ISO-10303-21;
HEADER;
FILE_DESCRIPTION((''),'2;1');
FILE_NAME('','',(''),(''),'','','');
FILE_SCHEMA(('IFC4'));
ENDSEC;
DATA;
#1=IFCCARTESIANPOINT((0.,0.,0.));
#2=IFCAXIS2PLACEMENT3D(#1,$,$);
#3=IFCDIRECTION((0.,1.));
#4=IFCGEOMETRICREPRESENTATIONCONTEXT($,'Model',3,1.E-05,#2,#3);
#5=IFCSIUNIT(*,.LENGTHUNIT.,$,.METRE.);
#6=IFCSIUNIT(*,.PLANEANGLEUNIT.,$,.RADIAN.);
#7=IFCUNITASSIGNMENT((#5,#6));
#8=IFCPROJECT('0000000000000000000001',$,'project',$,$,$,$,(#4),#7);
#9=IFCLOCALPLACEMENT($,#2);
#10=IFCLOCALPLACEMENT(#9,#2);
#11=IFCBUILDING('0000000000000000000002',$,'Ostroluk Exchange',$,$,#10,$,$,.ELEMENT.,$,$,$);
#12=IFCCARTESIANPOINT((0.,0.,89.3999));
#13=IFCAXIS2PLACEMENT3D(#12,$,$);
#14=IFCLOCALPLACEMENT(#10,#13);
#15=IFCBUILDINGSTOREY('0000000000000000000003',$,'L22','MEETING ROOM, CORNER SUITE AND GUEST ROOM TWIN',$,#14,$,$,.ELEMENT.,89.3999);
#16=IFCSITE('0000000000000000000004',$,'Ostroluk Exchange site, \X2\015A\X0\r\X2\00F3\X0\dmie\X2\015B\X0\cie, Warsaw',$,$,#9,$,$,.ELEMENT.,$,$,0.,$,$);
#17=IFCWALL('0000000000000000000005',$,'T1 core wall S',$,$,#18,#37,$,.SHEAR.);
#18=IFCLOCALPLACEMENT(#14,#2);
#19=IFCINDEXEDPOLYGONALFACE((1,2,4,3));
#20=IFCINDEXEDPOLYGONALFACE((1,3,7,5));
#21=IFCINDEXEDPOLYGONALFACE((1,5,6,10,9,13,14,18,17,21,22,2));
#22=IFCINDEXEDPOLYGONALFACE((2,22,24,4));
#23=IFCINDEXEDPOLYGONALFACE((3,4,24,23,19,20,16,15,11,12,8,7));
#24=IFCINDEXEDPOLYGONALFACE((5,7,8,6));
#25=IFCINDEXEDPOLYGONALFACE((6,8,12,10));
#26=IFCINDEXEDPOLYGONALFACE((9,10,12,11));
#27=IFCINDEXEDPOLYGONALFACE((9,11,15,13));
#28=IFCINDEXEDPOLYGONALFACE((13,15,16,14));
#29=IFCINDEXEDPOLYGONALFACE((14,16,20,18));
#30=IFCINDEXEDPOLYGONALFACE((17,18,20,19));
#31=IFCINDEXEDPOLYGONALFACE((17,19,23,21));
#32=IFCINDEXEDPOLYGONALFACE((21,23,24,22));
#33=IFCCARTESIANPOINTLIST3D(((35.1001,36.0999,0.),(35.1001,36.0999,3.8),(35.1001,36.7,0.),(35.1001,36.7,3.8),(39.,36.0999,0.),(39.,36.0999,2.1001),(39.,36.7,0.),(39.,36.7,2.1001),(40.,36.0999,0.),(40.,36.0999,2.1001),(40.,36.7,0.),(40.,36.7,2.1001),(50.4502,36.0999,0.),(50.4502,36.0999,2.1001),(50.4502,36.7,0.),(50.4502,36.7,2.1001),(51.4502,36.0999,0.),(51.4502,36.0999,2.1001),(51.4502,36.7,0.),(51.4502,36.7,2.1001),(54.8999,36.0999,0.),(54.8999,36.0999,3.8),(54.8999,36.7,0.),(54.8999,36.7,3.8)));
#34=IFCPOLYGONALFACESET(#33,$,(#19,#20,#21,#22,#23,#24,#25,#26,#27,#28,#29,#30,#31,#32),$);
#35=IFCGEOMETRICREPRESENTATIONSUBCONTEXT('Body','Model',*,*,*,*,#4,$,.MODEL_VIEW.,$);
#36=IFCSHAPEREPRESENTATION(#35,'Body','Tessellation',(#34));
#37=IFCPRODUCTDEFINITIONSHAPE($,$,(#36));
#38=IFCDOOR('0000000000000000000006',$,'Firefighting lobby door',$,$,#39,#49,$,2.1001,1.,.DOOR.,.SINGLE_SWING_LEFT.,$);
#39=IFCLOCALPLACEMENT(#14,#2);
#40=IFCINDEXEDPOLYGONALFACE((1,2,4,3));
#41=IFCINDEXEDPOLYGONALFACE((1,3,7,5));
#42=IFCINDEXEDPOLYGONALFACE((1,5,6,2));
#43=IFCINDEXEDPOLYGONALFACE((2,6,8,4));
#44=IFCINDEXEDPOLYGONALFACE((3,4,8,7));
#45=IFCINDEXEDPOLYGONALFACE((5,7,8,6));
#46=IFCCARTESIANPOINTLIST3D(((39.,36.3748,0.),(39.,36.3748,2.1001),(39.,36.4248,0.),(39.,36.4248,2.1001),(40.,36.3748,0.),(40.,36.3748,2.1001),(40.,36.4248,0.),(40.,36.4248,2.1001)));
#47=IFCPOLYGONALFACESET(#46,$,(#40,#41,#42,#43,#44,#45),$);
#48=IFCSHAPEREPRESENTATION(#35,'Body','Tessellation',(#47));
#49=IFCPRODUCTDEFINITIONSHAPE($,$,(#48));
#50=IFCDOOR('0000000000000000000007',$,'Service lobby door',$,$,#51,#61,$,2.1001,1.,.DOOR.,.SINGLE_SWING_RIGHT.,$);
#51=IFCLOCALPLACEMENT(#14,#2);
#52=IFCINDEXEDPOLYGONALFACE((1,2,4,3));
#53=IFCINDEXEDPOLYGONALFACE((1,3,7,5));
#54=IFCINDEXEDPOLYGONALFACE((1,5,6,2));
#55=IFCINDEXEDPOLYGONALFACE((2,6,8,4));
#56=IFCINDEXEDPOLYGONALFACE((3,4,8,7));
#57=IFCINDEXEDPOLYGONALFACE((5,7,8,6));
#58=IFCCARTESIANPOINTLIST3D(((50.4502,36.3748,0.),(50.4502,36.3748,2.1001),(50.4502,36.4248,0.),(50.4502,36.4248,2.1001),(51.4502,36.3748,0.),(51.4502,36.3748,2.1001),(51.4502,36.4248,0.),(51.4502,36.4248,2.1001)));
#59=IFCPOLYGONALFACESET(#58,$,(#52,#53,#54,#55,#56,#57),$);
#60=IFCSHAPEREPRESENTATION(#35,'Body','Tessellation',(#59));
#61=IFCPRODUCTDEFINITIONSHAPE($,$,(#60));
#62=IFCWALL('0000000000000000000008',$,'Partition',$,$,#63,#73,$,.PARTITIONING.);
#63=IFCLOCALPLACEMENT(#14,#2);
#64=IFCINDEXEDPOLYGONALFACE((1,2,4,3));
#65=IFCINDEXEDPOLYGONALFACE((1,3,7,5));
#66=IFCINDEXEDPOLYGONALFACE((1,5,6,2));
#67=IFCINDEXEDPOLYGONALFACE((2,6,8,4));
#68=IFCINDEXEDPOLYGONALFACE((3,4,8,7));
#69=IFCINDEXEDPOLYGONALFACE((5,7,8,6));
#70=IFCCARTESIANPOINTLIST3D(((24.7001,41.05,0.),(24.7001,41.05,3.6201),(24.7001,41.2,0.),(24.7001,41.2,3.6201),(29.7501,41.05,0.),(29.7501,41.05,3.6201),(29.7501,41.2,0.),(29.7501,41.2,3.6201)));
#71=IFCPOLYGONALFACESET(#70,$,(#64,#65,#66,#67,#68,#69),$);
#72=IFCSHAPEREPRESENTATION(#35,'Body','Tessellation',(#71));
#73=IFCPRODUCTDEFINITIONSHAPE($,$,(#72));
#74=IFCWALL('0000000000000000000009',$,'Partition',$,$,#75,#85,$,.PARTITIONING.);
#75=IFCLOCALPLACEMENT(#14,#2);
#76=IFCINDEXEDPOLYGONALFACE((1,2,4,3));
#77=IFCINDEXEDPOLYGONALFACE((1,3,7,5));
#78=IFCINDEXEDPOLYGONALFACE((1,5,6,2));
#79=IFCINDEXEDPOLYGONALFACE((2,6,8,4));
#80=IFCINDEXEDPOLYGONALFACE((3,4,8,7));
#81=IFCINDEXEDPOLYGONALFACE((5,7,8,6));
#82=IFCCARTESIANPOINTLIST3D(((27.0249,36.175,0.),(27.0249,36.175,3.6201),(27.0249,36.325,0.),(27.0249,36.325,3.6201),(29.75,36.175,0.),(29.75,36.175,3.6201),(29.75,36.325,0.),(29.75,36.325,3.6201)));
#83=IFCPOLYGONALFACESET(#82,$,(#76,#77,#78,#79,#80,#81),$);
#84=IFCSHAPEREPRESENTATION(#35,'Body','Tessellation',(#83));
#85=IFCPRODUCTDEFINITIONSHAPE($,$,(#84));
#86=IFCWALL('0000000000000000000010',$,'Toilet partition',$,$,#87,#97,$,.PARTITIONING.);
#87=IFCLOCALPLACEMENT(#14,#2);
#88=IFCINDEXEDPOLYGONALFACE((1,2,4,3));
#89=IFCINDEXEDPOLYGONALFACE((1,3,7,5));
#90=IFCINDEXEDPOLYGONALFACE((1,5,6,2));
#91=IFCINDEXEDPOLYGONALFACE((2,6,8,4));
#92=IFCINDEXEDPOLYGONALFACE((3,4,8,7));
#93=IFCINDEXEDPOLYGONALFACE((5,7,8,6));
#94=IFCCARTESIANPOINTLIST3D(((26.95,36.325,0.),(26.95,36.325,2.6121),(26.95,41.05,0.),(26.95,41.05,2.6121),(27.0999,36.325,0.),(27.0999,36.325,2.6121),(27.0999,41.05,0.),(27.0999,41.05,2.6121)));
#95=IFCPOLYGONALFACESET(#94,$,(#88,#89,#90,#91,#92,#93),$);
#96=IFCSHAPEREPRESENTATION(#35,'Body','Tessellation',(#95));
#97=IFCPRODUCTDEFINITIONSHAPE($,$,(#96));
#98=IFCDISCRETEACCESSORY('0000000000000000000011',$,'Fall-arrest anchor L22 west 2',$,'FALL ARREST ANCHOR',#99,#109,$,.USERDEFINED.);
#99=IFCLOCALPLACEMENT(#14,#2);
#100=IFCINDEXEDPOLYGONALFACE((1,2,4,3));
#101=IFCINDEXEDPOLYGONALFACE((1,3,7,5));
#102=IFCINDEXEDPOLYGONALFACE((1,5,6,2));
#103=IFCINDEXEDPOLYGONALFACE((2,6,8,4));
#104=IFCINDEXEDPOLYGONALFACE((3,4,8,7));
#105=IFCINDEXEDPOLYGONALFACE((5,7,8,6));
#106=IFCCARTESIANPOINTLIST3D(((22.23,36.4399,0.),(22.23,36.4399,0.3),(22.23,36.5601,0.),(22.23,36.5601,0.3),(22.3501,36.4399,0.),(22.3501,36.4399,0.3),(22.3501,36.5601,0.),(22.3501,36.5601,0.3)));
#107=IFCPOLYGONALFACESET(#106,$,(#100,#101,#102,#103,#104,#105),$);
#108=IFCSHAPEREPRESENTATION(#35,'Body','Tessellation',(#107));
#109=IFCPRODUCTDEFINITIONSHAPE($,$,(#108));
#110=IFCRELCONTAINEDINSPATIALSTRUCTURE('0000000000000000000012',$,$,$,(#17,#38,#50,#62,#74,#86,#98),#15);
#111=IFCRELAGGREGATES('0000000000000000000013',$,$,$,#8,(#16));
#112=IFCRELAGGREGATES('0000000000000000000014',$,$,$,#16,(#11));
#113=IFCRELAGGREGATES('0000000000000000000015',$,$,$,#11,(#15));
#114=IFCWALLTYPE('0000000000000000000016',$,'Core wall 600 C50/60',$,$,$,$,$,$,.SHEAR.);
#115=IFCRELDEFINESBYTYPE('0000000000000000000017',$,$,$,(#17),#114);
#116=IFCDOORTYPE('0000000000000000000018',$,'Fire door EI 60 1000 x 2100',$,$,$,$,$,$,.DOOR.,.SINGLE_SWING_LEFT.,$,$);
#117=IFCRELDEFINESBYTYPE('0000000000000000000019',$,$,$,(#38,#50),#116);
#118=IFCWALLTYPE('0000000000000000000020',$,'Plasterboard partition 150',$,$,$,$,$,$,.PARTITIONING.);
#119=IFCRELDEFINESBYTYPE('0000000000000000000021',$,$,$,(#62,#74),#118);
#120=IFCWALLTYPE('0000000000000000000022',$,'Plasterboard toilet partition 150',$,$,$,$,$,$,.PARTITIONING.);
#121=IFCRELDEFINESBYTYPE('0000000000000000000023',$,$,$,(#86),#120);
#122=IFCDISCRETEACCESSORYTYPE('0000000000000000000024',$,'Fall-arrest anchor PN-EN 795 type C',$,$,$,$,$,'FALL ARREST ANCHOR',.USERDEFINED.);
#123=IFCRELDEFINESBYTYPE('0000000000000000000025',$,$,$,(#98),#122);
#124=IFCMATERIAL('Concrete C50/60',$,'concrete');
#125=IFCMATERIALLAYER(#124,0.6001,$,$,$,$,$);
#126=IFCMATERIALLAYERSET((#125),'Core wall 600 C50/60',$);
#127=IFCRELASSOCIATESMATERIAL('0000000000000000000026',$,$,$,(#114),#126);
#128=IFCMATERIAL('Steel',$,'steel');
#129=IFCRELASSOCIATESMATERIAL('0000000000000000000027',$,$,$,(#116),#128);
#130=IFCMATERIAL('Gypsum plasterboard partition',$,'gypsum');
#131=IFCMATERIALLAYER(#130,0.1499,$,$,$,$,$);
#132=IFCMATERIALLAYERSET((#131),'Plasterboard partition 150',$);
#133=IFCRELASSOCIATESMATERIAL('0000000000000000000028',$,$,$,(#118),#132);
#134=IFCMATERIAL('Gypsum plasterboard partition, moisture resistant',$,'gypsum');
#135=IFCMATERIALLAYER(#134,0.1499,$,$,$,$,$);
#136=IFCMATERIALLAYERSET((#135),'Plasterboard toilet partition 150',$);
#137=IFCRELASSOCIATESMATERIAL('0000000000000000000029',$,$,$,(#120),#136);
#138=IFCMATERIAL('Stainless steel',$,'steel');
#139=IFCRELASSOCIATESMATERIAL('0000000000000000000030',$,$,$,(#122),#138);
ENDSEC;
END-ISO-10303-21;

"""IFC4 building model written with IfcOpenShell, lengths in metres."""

from ifc_helpers import new_model, si_unit, direction, frame, frame_2d, origin, origin_2d, place, context, subcontext, project, spatial, rectangle, extrude, material, layer, layer_set, type_object, element, fill, save


model = new_model("IFC4")

# Units and contexts
model_context = context("Model", 3, precision=1e-05, world=origin(), true_north=direction((0.0, 1.0)))
body_context = subcontext(model_context, "Body", "Model", "MODEL_VIEW")
ifc_project = project(units=[si_unit("LENGTHUNIT", "METRE"), si_unit("PLANEANGLEUNIT", "RADIAN")], contexts=[model_context])

# Site, building, storey
site_placement = place(None, origin())
site = spatial("IfcSite", under=ifc_project, at=site_placement, Name="Ostroluk Exchange site, Śródmieście, Warsaw", CompositionType="ELEMENT", RefElevation=0.0)
building_placement = place(site_placement, origin())
building = spatial("IfcBuilding", under=site, at=building_placement, Name="Ostroluk Exchange", CompositionType="ELEMENT")
storey_placement = place(building_placement, frame((0.0, 0.0, 89.3999)))
storey = spatial("IfcBuildingStorey", under=building, at=storey_placement, Name="L22", Description="MEETING ROOM, CORNER SUITE AND GUEST ROOM TWIN", CompositionType="ELEMENT", Elevation=89.3999)

# Wall, openings, doors
ifc_material_1 = material(Name="Concrete C50/60", Category="concrete")
ifc_layer_1 = layer(ifc_material_1, 0.6001)
ifc_layer_set_1 = layer_set([ifc_layer_1], Name="Core wall 600 C50/60")
wall_type_1 = type_object("IfcWallType", Name="Core wall 600 C50/60", PredefinedType="SHEAR", material=ifc_layer_set_1)
wall_1_placement = place(storey_placement, frame((35.1001, 36.3999, 0.0), z_axis=(0.0, 0.0, 1.0), x_axis=(1.0, 0.0, 0.0)))
wall_1 = element("IfcWall", 1, at=wall_1_placement, inside=storey, type_object=wall_type_1, Name="T1 core wall S", PredefinedType="SHEAR", context=body_context, shape_type="SweptSolid", body=[
    extrude(rectangle(XDim=19.7998, YDim=0.6001, at=frame_2d((9.8999, 0.0))), origin(), (0.0, 0.0, 1.0), 3.8),
])
opening_1_placement = place(wall_1_placement, frame((3.8999, 0.0, 0.0)))
opening_1 = element("IfcOpeningElement", 2, at=opening_1_placement, cuts=wall_1, PredefinedType="OPENING", context=body_context, shape_type="SweptSolid", body=[
    extrude(rectangle(XDim=1.0, YDim=2.1001, at=frame_2d((0.5, 1.05))), frame((0.0, 0.3101, 0.0), z_axis=(0.0, -1.0, 0.0), x_axis=(1.0, 0.0, 0.0)), (0.0, 0.0, 1.0), 0.6201),
])
opening_2_placement = place(wall_1_placement, frame((15.3501, 0.0, 0.0)))
opening_2 = element("IfcOpeningElement", 3, at=opening_2_placement, cuts=wall_1, PredefinedType="OPENING", context=body_context, shape_type="SweptSolid", body=[
    extrude(rectangle(XDim=1.0, YDim=2.1001, at=frame_2d((0.5, 1.05))), frame((0.0, 0.3101, 0.0), z_axis=(0.0, -1.0, 0.0), x_axis=(1.0, 0.0, 0.0)), (0.0, 0.0, 1.0), 0.6201),
])
ifc_material_2 = material(Name="Steel", Category="steel")
door_type_1 = type_object("IfcDoorType", Name="Fire door EI 60 1000 x 2100", OperationType="SINGLE_SWING_LEFT", PredefinedType="DOOR", material=ifc_material_2)
door_1_placement = place(opening_1_placement, origin())
door_1 = element("IfcDoor", 4, at=door_1_placement, inside=storey, type_object=door_type_1, Name="Firefighting lobby door", OperationType="SINGLE_SWING_LEFT", OverallHeight=2.1001, OverallWidth=1.0, PredefinedType="DOOR", context=body_context, shape_type="SweptSolid", body=[
    extrude(rectangle(XDim=1.0, YDim=2.1001, at=frame_2d((0.5, 1.05))), frame((0.0, 0.0249, 0.0), z_axis=(0.0, -1.0, 0.0), x_axis=(1.0, 0.0, 0.0)), (0.0, 0.0, 1.0), 0.05),
])
fill(opening_1, door_1)
door_2_placement = place(opening_2_placement, origin())
door_2 = element("IfcDoor", 5, at=door_2_placement, inside=storey, type_object=door_type_1, Name="Service lobby door", OperationType="SINGLE_SWING_RIGHT", OverallHeight=2.1001, OverallWidth=1.0, PredefinedType="DOOR", context=body_context, shape_type="SweptSolid", body=[
    extrude(rectangle(XDim=1.0, YDim=2.1001, at=frame_2d((0.5, 1.05))), frame((0.0, 0.0249, 0.0), z_axis=(0.0, -1.0, 0.0), x_axis=(1.0, 0.0, 0.0)), (0.0, 0.0, 1.0), 0.05),
])
fill(opening_2, door_2)

# Walls
ifc_material_3 = material(Name="Gypsum plasterboard partition", Category="gypsum")
ifc_layer_2 = layer(ifc_material_3, 0.1499)
ifc_layer_set_2 = layer_set([ifc_layer_2], Name="Plasterboard partition 150")
wall_type_2 = type_object("IfcWallType", Name="Plasterboard partition 150", PredefinedType="PARTITIONING", material=ifc_layer_set_2)
wall_2_placement = place(storey_placement, frame((29.75, 41.125, 0.0), z_axis=(0.0, 0.0, 1.0), x_axis=(-1.0, 0.0, 0.0)))
element("IfcWall", 6, at=wall_2_placement, inside=storey, type_object=wall_type_2, Name="Partition", PredefinedType="PARTITIONING", context=body_context, shape_type="SweptSolid", body=[
    extrude(rectangle(XDim=5.05, YDim=0.1499, at=frame_2d((2.5249, 0.0))), origin(), (0.0, 0.0, 1.0), 3.6201),
])
wall_3_placement = place(storey_placement, frame((29.75, 36.25, 0.0), z_axis=(0.0, 0.0, 1.0), x_axis=(-1.0, 0.0, 0.0)))
element("IfcWall", 7, at=wall_3_placement, inside=storey, type_object=wall_type_2, Name="Partition", PredefinedType="PARTITIONING", context=body_context, shape_type="SweptSolid", body=[
    extrude(rectangle(XDim=2.7251, YDim=0.1499, at=frame_2d((1.3625, 0.0))), origin(), (0.0, 0.0, 1.0), 3.6201),
])
ifc_material_4 = material(Name="Gypsum plasterboard partition, moisture resistant", Category="gypsum")
ifc_layer_3 = layer(ifc_material_4, 0.1499)
ifc_layer_set_3 = layer_set([ifc_layer_3], Name="Plasterboard toilet partition 150")
wall_type_3 = type_object("IfcWallType", Name="Plasterboard toilet partition 150", PredefinedType="PARTITIONING", material=ifc_layer_set_3)
wall_4_placement = place(storey_placement, frame((27.0249, 41.05, 0.0), z_axis=(0.0, 0.0, 1.0), x_axis=(0.0, -1.0, 0.0)))
element("IfcWall", 8, at=wall_4_placement, inside=storey, type_object=wall_type_3, Name="Toilet partition", PredefinedType="PARTITIONING", context=body_context, shape_type="SweptSolid", body=[
    extrude(rectangle(XDim=4.7251, YDim=0.1499, at=frame_2d((2.3625, 0.0))), origin(), (0.0, 0.0, 1.0), 2.6121),
])

# Discrete accessory
ifc_material_5 = material(Name="Stainless steel", Category="steel")
discrete_accessory_type = type_object("IfcDiscreteAccessoryType", Name="Fall-arrest anchor PN-EN 795 type C", ElementType="FALL ARREST ANCHOR", PredefinedType="USERDEFINED", material=ifc_material_5)
discrete_accessory_placement = place(storey_placement, frame((22.29, 36.5, 0.0), z_axis=(0.0, 0.0, 1.0), x_axis=(1.0, 0.0, 0.0)))
element("IfcDiscreteAccessory", 9, at=discrete_accessory_placement, inside=storey, type_object=discrete_accessory_type, Name="Fall-arrest anchor L22 west 2", ObjectType="FALL ARREST ANCHOR", PredefinedType="USERDEFINED", context=body_context, shape_type="SweptSolid", body=[
    extrude(rectangle(XDim=0.1201, YDim=0.1201, at=origin_2d()), origin(), (0.0, 0.0, 1.0), 0.3),
])

save(model, "model.ifc")
